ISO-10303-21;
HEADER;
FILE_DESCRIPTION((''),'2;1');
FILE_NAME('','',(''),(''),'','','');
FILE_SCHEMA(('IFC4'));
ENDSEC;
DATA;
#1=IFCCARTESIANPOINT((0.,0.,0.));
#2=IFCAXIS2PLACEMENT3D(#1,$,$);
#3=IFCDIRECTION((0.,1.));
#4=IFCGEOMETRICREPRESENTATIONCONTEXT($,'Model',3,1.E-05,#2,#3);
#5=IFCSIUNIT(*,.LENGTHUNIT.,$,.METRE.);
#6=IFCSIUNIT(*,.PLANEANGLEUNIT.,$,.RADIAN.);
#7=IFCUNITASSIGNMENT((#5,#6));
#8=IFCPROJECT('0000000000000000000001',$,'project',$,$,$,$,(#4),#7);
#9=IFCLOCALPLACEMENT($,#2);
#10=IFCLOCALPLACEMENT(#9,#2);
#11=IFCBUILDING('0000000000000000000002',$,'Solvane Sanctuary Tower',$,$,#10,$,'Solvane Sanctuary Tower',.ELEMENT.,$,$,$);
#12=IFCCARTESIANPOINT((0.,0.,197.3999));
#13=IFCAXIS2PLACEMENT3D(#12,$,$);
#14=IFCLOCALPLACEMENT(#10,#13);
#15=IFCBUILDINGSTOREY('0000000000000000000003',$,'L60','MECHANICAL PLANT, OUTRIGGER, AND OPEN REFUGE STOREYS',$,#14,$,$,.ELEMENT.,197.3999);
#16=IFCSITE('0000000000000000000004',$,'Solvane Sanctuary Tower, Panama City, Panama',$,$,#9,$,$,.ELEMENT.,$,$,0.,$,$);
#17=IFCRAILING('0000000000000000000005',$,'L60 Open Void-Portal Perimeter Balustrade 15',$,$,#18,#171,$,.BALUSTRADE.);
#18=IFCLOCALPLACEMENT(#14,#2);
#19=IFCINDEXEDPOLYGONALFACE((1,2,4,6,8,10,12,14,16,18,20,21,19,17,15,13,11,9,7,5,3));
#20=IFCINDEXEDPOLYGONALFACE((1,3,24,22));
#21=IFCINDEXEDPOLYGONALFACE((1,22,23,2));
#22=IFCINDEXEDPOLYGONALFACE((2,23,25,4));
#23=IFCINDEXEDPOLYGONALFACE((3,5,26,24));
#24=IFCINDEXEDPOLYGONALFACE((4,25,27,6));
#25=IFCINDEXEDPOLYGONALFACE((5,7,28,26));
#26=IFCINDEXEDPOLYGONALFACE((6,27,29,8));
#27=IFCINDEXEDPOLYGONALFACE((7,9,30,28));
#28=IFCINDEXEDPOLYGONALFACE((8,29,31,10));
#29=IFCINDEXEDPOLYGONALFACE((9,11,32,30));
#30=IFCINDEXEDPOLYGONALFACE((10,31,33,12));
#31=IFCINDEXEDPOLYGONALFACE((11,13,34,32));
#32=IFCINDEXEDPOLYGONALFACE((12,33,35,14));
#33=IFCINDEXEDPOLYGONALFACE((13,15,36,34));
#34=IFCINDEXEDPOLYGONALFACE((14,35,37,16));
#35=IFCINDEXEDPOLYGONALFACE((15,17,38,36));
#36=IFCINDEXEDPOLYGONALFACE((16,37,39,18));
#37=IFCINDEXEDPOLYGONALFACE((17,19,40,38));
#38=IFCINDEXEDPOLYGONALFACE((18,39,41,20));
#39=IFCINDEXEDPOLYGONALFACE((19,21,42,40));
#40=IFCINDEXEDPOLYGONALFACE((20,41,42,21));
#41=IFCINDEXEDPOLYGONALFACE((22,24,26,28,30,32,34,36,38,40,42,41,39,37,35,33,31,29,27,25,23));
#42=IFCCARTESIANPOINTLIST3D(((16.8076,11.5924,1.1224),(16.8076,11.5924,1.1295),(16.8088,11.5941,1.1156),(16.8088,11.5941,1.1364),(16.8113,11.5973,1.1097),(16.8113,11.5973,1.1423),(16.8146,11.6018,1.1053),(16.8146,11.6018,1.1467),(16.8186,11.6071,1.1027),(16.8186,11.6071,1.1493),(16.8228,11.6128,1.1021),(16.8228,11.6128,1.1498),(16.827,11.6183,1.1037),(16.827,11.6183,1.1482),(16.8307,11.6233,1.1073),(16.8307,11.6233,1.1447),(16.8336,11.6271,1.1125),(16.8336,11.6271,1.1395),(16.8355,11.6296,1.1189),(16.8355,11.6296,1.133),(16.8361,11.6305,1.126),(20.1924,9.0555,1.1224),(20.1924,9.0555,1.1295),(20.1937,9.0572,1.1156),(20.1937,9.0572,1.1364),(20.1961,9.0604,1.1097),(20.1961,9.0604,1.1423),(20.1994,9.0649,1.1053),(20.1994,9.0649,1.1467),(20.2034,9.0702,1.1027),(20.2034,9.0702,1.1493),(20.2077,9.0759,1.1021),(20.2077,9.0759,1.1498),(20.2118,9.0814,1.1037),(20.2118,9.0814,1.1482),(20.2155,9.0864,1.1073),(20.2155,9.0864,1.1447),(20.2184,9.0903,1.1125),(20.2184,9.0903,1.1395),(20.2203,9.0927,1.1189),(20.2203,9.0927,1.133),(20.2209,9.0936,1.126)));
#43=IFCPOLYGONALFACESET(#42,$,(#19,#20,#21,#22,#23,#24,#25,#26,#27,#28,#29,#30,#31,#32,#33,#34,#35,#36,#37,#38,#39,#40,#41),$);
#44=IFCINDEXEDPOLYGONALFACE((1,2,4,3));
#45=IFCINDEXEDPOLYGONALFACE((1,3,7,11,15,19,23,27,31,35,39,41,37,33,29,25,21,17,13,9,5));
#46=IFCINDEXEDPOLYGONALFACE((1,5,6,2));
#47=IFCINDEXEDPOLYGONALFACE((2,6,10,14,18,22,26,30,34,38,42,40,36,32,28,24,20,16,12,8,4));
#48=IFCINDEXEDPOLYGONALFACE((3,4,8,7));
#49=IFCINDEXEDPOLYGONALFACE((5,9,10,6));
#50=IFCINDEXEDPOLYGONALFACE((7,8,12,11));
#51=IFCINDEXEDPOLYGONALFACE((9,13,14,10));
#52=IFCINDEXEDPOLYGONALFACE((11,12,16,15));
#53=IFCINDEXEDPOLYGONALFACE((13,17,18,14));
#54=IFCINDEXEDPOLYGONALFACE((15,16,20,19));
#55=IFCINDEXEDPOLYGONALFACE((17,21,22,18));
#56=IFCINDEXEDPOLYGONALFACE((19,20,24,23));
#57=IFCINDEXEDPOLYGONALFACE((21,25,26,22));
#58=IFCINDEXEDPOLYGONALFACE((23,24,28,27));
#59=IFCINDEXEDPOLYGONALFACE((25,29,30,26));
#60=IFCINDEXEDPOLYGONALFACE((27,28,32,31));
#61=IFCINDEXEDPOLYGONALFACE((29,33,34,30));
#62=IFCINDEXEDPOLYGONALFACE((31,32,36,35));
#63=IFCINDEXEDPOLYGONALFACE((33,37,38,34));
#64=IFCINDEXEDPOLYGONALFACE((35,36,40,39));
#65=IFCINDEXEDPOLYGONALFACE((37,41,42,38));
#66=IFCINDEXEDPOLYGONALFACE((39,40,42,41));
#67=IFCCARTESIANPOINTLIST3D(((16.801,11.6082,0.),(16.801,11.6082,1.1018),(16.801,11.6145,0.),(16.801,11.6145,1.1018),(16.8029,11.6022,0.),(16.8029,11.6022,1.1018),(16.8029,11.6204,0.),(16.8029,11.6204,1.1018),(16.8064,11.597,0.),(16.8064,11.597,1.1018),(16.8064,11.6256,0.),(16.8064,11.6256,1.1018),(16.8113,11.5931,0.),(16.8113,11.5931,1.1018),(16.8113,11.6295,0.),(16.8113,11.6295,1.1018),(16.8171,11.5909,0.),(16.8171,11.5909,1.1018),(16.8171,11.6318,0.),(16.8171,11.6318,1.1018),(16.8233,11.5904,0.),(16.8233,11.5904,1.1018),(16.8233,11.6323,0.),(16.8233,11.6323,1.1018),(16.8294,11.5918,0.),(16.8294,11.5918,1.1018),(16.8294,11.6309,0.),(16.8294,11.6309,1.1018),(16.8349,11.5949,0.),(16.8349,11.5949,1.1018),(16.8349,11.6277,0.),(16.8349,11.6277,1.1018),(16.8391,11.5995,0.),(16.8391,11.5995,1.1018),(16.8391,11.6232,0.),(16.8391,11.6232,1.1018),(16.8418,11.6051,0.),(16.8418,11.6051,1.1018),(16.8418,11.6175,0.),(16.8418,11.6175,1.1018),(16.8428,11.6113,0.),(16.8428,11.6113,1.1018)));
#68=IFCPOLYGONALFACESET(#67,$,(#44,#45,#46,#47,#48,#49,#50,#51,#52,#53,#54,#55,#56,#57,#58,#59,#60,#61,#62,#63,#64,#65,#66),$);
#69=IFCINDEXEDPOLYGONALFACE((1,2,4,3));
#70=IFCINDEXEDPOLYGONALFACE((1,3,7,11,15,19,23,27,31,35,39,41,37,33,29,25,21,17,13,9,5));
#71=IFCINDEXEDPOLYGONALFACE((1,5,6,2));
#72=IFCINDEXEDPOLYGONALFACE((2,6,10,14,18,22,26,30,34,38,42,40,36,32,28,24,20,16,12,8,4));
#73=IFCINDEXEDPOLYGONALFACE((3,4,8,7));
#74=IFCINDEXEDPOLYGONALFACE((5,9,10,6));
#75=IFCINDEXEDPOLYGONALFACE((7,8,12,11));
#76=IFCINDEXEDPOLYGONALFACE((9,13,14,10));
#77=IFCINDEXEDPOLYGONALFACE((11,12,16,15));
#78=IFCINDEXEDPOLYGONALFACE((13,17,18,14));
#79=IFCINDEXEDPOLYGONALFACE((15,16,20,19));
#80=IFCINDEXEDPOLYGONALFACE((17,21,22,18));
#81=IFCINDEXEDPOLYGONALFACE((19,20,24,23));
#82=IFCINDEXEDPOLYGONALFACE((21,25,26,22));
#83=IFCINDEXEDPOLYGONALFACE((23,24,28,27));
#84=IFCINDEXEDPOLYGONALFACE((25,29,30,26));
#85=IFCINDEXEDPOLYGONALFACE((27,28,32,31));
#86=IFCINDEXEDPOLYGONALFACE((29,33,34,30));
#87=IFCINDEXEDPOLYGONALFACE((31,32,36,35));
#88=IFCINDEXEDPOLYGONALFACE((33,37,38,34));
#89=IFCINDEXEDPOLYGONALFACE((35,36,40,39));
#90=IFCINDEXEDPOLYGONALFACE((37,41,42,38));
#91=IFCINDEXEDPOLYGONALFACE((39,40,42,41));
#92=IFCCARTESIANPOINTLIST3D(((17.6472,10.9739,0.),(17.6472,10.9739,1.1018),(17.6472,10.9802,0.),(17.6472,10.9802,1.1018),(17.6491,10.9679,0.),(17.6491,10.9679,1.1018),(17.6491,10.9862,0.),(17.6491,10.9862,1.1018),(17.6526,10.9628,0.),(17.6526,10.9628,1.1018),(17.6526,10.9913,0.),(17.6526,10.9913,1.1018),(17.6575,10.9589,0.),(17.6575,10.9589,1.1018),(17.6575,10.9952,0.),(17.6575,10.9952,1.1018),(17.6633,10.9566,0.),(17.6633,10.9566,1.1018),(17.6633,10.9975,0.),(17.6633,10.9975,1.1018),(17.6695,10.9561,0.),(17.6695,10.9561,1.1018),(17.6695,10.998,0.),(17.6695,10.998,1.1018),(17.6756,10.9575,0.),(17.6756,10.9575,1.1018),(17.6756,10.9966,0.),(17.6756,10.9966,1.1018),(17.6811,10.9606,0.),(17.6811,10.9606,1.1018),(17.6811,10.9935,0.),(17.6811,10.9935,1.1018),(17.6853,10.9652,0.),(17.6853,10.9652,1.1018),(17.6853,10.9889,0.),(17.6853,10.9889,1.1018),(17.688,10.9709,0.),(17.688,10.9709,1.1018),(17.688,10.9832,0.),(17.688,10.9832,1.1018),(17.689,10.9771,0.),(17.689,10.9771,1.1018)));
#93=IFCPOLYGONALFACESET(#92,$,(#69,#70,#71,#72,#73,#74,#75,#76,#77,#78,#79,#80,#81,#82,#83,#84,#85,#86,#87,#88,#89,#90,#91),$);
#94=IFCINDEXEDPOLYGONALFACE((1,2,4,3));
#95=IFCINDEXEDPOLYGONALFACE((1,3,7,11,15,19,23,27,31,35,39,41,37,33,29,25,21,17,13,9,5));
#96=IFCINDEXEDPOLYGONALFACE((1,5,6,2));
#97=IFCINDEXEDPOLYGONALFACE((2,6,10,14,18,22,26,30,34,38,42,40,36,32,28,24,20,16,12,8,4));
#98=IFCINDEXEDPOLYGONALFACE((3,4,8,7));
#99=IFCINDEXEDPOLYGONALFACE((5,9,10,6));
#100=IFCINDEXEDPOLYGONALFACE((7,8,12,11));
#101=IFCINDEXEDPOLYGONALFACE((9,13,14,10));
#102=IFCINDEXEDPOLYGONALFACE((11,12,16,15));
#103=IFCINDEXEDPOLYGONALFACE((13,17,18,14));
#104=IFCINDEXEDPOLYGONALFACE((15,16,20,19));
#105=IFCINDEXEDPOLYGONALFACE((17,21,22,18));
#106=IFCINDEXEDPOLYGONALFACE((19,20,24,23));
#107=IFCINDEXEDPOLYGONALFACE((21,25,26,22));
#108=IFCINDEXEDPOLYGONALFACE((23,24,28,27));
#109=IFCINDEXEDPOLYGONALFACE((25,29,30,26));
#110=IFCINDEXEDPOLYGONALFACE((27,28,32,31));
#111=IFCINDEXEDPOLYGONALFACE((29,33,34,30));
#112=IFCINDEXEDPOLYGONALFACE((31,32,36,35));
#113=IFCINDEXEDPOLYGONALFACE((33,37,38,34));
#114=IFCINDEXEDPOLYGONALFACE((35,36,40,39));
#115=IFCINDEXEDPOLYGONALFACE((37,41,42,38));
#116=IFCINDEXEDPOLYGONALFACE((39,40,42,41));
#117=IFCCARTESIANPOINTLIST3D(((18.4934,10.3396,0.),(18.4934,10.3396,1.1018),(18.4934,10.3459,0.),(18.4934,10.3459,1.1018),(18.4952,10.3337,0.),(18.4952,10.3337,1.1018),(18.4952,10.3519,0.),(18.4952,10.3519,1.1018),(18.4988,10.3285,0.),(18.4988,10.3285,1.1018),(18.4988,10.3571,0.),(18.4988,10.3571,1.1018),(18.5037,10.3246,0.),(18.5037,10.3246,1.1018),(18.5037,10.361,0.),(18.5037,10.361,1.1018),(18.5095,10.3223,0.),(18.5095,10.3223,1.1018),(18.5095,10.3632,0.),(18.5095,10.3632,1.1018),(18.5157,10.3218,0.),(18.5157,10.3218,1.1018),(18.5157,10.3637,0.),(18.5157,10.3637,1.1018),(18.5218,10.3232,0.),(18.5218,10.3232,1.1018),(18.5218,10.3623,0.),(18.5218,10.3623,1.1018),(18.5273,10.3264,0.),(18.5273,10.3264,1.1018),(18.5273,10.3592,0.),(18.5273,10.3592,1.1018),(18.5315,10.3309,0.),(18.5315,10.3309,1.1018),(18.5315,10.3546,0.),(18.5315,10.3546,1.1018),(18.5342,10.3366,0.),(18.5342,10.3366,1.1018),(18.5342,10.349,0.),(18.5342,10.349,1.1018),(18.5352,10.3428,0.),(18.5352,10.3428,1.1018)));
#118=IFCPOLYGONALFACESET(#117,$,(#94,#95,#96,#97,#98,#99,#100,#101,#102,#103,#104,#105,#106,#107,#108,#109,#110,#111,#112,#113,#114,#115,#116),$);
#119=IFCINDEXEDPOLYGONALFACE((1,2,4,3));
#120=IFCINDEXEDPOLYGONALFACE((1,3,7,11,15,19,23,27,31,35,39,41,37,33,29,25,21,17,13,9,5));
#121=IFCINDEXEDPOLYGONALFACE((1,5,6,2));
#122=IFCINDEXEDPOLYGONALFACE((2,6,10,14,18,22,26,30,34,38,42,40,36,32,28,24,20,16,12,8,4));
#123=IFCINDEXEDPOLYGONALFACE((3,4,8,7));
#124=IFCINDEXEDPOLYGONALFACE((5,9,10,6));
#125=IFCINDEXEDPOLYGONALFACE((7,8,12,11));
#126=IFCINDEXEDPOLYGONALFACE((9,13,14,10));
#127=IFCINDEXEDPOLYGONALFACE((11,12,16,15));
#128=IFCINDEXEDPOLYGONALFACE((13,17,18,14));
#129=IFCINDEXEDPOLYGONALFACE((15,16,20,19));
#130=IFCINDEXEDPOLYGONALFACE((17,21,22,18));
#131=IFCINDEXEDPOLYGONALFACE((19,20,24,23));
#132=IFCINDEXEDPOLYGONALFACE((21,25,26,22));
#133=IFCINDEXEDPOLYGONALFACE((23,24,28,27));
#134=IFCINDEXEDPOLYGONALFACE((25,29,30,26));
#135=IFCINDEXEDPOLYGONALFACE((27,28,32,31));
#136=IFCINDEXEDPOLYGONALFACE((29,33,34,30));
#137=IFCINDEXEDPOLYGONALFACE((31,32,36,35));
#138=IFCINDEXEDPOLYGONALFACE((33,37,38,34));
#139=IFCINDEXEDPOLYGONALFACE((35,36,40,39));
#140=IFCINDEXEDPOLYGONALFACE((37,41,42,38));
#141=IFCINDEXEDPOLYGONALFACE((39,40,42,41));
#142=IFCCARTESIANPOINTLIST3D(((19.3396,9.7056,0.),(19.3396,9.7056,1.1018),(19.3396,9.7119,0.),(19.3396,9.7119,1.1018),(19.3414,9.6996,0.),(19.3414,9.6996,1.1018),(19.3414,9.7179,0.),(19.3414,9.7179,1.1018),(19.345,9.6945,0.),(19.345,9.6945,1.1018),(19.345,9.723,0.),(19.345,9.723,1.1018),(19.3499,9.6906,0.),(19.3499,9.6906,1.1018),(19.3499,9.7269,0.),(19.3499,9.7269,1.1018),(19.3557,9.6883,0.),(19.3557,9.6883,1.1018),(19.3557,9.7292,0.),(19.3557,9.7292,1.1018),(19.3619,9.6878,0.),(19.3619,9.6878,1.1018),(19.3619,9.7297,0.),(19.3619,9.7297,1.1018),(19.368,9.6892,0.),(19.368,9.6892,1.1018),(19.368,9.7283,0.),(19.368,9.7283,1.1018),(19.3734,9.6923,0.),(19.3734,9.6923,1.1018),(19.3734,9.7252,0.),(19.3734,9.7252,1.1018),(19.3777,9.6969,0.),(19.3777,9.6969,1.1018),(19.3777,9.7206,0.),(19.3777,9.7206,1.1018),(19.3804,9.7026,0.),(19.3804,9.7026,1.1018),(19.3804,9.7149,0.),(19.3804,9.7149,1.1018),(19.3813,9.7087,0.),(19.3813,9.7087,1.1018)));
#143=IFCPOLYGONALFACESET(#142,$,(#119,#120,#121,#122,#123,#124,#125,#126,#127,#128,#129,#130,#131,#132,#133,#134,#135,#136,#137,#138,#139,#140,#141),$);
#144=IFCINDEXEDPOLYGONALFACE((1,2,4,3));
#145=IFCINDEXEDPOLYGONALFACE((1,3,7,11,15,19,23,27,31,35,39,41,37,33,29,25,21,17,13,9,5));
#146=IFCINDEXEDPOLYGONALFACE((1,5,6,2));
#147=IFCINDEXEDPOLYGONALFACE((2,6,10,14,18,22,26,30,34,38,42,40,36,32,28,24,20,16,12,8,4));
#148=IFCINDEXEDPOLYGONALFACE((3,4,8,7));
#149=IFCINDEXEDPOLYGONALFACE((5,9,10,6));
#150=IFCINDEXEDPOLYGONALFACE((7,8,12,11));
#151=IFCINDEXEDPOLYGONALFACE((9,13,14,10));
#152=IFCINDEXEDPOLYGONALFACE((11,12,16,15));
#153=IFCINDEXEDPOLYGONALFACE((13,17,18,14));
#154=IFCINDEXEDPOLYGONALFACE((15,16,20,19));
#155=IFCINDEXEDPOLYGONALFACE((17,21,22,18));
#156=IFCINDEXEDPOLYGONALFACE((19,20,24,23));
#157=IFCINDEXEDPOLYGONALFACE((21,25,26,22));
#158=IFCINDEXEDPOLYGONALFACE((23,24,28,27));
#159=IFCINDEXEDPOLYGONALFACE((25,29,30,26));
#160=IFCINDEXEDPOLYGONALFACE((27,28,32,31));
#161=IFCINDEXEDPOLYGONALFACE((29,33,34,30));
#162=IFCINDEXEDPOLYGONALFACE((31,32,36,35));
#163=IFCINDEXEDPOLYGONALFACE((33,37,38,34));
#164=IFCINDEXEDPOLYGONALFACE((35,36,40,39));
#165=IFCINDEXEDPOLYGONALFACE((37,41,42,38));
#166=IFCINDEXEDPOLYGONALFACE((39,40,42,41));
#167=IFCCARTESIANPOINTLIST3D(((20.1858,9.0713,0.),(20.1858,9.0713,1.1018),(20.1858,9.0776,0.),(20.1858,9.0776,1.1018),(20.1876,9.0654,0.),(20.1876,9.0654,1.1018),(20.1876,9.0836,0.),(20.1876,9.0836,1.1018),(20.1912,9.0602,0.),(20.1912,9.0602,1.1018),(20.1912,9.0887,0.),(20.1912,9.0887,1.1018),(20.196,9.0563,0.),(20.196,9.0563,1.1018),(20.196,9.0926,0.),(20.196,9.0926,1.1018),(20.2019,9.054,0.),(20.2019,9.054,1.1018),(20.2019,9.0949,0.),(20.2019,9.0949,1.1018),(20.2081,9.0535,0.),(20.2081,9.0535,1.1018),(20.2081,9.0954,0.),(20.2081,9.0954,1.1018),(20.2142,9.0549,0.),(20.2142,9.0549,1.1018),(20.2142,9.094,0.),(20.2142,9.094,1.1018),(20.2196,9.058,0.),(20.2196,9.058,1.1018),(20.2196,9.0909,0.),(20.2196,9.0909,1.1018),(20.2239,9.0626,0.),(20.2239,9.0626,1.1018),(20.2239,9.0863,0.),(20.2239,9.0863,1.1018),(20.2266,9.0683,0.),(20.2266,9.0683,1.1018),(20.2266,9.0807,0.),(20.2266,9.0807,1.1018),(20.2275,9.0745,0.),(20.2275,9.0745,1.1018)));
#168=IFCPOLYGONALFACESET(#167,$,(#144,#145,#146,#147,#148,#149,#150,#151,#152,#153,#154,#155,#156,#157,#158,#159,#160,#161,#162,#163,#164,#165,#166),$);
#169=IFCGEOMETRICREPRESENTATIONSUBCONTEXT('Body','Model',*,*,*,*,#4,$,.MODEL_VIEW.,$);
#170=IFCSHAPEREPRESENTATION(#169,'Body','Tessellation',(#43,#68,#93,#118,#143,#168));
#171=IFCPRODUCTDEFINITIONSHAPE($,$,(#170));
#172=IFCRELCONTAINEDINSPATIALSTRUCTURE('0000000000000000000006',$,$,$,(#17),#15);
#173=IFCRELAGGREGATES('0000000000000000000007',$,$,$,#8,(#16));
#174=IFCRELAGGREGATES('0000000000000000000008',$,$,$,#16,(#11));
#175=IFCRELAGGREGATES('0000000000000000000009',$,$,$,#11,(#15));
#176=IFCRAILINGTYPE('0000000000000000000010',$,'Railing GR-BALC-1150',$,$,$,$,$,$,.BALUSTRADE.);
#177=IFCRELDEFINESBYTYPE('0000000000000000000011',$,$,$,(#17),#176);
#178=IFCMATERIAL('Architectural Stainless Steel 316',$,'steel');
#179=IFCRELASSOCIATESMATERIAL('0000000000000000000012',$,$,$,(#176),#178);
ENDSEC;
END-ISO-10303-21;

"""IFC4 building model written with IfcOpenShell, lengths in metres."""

from ifc_helpers import new_model, si_unit, direction, frame, origin, origin_2d, place, context, subcontext, project, spatial, circle, extrude, material, type_object, element, save


model = new_model("IFC4")

# Units and contexts
model_context = context("Model", 3, precision=1e-05, world=origin(), true_north=direction((0.0, 1.0)))
body_context = subcontext(model_context, "Body", "Model", "MODEL_VIEW")
ifc_project = project(units=[si_unit("LENGTHUNIT", "METRE"), si_unit("PLANEANGLEUNIT", "RADIAN")], contexts=[model_context])

# Site, building, storey
site_placement = place(None, origin())
site = spatial("IfcSite", under=ifc_project, at=site_placement, Name="Solvane Sanctuary Tower, Panama City, Panama", CompositionType="ELEMENT", RefElevation=0.0)
building_placement = place(site_placement, origin())
building = spatial("IfcBuilding", under=site, at=building_placement, Name="Solvane Sanctuary Tower", LongName="Solvane Sanctuary Tower", CompositionType="ELEMENT")
storey_placement = place(building_placement, frame((0.0, 0.0, 197.3999)))
storey = spatial("IfcBuildingStorey", under=building, at=storey_placement, Name="L60", Description="MECHANICAL PLANT, OUTRIGGER, AND OPEN REFUGE STOREYS", CompositionType="ELEMENT", Elevation=197.3999)

# Shared definitions
ifc_material_1 = material(Name="Architectural Stainless Steel 316", Category="steel")

# Railing
railing_type_1 = type_object("IfcRailingType", Name="Railing GR-BALC-1150", PredefinedType="BALUSTRADE", material=ifc_material_1)
railing_1_placement = place(storey_placement, frame((16.8218, 11.6113, 0.0)))
element("IfcRailing", 1, at=railing_1_placement, inside=storey, type_object=railing_type_1, Name="L60 Open Void-Portal Perimeter Balustrade 15", PredefinedType="BALUSTRADE", context=body_context, shape_type="SweptSolid", body=[
    extrude(circle(Radius=0.0239, at=origin_2d()), frame((0.0, 0.0, 1.126), z_axis=(0.800194, -0.599741, 0.0), x_axis=(0.599741, 0.800194, 0.0)), (0.0, 0.0, 1.0), 4.23),
    extrude(circle(Radius=0.021, at=origin_2d()), origin(), (0.0, 0.0, 1.0), 1.1018),
    extrude(circle(Radius=0.021, at=origin_2d()), frame((0.8462, -0.6343, 0.0)), (0.0, 0.0, 1.0), 1.1018),
    extrude(circle(Radius=0.021, at=origin_2d()), frame((1.6924, -1.2686, 0.0)), (0.0, 0.0, 1.0), 1.1018),
    extrude(circle(Radius=0.021, at=origin_2d()), frame((2.5386, -1.9026, 0.0)), (0.0, 0.0, 1.0), 1.1018),
    extrude(circle(Radius=0.021, at=origin_2d()), frame((3.3848, -2.5369, 0.0)), (0.0, 0.0, 1.0), 1.1018),
])

save(model, "model.ifc")
